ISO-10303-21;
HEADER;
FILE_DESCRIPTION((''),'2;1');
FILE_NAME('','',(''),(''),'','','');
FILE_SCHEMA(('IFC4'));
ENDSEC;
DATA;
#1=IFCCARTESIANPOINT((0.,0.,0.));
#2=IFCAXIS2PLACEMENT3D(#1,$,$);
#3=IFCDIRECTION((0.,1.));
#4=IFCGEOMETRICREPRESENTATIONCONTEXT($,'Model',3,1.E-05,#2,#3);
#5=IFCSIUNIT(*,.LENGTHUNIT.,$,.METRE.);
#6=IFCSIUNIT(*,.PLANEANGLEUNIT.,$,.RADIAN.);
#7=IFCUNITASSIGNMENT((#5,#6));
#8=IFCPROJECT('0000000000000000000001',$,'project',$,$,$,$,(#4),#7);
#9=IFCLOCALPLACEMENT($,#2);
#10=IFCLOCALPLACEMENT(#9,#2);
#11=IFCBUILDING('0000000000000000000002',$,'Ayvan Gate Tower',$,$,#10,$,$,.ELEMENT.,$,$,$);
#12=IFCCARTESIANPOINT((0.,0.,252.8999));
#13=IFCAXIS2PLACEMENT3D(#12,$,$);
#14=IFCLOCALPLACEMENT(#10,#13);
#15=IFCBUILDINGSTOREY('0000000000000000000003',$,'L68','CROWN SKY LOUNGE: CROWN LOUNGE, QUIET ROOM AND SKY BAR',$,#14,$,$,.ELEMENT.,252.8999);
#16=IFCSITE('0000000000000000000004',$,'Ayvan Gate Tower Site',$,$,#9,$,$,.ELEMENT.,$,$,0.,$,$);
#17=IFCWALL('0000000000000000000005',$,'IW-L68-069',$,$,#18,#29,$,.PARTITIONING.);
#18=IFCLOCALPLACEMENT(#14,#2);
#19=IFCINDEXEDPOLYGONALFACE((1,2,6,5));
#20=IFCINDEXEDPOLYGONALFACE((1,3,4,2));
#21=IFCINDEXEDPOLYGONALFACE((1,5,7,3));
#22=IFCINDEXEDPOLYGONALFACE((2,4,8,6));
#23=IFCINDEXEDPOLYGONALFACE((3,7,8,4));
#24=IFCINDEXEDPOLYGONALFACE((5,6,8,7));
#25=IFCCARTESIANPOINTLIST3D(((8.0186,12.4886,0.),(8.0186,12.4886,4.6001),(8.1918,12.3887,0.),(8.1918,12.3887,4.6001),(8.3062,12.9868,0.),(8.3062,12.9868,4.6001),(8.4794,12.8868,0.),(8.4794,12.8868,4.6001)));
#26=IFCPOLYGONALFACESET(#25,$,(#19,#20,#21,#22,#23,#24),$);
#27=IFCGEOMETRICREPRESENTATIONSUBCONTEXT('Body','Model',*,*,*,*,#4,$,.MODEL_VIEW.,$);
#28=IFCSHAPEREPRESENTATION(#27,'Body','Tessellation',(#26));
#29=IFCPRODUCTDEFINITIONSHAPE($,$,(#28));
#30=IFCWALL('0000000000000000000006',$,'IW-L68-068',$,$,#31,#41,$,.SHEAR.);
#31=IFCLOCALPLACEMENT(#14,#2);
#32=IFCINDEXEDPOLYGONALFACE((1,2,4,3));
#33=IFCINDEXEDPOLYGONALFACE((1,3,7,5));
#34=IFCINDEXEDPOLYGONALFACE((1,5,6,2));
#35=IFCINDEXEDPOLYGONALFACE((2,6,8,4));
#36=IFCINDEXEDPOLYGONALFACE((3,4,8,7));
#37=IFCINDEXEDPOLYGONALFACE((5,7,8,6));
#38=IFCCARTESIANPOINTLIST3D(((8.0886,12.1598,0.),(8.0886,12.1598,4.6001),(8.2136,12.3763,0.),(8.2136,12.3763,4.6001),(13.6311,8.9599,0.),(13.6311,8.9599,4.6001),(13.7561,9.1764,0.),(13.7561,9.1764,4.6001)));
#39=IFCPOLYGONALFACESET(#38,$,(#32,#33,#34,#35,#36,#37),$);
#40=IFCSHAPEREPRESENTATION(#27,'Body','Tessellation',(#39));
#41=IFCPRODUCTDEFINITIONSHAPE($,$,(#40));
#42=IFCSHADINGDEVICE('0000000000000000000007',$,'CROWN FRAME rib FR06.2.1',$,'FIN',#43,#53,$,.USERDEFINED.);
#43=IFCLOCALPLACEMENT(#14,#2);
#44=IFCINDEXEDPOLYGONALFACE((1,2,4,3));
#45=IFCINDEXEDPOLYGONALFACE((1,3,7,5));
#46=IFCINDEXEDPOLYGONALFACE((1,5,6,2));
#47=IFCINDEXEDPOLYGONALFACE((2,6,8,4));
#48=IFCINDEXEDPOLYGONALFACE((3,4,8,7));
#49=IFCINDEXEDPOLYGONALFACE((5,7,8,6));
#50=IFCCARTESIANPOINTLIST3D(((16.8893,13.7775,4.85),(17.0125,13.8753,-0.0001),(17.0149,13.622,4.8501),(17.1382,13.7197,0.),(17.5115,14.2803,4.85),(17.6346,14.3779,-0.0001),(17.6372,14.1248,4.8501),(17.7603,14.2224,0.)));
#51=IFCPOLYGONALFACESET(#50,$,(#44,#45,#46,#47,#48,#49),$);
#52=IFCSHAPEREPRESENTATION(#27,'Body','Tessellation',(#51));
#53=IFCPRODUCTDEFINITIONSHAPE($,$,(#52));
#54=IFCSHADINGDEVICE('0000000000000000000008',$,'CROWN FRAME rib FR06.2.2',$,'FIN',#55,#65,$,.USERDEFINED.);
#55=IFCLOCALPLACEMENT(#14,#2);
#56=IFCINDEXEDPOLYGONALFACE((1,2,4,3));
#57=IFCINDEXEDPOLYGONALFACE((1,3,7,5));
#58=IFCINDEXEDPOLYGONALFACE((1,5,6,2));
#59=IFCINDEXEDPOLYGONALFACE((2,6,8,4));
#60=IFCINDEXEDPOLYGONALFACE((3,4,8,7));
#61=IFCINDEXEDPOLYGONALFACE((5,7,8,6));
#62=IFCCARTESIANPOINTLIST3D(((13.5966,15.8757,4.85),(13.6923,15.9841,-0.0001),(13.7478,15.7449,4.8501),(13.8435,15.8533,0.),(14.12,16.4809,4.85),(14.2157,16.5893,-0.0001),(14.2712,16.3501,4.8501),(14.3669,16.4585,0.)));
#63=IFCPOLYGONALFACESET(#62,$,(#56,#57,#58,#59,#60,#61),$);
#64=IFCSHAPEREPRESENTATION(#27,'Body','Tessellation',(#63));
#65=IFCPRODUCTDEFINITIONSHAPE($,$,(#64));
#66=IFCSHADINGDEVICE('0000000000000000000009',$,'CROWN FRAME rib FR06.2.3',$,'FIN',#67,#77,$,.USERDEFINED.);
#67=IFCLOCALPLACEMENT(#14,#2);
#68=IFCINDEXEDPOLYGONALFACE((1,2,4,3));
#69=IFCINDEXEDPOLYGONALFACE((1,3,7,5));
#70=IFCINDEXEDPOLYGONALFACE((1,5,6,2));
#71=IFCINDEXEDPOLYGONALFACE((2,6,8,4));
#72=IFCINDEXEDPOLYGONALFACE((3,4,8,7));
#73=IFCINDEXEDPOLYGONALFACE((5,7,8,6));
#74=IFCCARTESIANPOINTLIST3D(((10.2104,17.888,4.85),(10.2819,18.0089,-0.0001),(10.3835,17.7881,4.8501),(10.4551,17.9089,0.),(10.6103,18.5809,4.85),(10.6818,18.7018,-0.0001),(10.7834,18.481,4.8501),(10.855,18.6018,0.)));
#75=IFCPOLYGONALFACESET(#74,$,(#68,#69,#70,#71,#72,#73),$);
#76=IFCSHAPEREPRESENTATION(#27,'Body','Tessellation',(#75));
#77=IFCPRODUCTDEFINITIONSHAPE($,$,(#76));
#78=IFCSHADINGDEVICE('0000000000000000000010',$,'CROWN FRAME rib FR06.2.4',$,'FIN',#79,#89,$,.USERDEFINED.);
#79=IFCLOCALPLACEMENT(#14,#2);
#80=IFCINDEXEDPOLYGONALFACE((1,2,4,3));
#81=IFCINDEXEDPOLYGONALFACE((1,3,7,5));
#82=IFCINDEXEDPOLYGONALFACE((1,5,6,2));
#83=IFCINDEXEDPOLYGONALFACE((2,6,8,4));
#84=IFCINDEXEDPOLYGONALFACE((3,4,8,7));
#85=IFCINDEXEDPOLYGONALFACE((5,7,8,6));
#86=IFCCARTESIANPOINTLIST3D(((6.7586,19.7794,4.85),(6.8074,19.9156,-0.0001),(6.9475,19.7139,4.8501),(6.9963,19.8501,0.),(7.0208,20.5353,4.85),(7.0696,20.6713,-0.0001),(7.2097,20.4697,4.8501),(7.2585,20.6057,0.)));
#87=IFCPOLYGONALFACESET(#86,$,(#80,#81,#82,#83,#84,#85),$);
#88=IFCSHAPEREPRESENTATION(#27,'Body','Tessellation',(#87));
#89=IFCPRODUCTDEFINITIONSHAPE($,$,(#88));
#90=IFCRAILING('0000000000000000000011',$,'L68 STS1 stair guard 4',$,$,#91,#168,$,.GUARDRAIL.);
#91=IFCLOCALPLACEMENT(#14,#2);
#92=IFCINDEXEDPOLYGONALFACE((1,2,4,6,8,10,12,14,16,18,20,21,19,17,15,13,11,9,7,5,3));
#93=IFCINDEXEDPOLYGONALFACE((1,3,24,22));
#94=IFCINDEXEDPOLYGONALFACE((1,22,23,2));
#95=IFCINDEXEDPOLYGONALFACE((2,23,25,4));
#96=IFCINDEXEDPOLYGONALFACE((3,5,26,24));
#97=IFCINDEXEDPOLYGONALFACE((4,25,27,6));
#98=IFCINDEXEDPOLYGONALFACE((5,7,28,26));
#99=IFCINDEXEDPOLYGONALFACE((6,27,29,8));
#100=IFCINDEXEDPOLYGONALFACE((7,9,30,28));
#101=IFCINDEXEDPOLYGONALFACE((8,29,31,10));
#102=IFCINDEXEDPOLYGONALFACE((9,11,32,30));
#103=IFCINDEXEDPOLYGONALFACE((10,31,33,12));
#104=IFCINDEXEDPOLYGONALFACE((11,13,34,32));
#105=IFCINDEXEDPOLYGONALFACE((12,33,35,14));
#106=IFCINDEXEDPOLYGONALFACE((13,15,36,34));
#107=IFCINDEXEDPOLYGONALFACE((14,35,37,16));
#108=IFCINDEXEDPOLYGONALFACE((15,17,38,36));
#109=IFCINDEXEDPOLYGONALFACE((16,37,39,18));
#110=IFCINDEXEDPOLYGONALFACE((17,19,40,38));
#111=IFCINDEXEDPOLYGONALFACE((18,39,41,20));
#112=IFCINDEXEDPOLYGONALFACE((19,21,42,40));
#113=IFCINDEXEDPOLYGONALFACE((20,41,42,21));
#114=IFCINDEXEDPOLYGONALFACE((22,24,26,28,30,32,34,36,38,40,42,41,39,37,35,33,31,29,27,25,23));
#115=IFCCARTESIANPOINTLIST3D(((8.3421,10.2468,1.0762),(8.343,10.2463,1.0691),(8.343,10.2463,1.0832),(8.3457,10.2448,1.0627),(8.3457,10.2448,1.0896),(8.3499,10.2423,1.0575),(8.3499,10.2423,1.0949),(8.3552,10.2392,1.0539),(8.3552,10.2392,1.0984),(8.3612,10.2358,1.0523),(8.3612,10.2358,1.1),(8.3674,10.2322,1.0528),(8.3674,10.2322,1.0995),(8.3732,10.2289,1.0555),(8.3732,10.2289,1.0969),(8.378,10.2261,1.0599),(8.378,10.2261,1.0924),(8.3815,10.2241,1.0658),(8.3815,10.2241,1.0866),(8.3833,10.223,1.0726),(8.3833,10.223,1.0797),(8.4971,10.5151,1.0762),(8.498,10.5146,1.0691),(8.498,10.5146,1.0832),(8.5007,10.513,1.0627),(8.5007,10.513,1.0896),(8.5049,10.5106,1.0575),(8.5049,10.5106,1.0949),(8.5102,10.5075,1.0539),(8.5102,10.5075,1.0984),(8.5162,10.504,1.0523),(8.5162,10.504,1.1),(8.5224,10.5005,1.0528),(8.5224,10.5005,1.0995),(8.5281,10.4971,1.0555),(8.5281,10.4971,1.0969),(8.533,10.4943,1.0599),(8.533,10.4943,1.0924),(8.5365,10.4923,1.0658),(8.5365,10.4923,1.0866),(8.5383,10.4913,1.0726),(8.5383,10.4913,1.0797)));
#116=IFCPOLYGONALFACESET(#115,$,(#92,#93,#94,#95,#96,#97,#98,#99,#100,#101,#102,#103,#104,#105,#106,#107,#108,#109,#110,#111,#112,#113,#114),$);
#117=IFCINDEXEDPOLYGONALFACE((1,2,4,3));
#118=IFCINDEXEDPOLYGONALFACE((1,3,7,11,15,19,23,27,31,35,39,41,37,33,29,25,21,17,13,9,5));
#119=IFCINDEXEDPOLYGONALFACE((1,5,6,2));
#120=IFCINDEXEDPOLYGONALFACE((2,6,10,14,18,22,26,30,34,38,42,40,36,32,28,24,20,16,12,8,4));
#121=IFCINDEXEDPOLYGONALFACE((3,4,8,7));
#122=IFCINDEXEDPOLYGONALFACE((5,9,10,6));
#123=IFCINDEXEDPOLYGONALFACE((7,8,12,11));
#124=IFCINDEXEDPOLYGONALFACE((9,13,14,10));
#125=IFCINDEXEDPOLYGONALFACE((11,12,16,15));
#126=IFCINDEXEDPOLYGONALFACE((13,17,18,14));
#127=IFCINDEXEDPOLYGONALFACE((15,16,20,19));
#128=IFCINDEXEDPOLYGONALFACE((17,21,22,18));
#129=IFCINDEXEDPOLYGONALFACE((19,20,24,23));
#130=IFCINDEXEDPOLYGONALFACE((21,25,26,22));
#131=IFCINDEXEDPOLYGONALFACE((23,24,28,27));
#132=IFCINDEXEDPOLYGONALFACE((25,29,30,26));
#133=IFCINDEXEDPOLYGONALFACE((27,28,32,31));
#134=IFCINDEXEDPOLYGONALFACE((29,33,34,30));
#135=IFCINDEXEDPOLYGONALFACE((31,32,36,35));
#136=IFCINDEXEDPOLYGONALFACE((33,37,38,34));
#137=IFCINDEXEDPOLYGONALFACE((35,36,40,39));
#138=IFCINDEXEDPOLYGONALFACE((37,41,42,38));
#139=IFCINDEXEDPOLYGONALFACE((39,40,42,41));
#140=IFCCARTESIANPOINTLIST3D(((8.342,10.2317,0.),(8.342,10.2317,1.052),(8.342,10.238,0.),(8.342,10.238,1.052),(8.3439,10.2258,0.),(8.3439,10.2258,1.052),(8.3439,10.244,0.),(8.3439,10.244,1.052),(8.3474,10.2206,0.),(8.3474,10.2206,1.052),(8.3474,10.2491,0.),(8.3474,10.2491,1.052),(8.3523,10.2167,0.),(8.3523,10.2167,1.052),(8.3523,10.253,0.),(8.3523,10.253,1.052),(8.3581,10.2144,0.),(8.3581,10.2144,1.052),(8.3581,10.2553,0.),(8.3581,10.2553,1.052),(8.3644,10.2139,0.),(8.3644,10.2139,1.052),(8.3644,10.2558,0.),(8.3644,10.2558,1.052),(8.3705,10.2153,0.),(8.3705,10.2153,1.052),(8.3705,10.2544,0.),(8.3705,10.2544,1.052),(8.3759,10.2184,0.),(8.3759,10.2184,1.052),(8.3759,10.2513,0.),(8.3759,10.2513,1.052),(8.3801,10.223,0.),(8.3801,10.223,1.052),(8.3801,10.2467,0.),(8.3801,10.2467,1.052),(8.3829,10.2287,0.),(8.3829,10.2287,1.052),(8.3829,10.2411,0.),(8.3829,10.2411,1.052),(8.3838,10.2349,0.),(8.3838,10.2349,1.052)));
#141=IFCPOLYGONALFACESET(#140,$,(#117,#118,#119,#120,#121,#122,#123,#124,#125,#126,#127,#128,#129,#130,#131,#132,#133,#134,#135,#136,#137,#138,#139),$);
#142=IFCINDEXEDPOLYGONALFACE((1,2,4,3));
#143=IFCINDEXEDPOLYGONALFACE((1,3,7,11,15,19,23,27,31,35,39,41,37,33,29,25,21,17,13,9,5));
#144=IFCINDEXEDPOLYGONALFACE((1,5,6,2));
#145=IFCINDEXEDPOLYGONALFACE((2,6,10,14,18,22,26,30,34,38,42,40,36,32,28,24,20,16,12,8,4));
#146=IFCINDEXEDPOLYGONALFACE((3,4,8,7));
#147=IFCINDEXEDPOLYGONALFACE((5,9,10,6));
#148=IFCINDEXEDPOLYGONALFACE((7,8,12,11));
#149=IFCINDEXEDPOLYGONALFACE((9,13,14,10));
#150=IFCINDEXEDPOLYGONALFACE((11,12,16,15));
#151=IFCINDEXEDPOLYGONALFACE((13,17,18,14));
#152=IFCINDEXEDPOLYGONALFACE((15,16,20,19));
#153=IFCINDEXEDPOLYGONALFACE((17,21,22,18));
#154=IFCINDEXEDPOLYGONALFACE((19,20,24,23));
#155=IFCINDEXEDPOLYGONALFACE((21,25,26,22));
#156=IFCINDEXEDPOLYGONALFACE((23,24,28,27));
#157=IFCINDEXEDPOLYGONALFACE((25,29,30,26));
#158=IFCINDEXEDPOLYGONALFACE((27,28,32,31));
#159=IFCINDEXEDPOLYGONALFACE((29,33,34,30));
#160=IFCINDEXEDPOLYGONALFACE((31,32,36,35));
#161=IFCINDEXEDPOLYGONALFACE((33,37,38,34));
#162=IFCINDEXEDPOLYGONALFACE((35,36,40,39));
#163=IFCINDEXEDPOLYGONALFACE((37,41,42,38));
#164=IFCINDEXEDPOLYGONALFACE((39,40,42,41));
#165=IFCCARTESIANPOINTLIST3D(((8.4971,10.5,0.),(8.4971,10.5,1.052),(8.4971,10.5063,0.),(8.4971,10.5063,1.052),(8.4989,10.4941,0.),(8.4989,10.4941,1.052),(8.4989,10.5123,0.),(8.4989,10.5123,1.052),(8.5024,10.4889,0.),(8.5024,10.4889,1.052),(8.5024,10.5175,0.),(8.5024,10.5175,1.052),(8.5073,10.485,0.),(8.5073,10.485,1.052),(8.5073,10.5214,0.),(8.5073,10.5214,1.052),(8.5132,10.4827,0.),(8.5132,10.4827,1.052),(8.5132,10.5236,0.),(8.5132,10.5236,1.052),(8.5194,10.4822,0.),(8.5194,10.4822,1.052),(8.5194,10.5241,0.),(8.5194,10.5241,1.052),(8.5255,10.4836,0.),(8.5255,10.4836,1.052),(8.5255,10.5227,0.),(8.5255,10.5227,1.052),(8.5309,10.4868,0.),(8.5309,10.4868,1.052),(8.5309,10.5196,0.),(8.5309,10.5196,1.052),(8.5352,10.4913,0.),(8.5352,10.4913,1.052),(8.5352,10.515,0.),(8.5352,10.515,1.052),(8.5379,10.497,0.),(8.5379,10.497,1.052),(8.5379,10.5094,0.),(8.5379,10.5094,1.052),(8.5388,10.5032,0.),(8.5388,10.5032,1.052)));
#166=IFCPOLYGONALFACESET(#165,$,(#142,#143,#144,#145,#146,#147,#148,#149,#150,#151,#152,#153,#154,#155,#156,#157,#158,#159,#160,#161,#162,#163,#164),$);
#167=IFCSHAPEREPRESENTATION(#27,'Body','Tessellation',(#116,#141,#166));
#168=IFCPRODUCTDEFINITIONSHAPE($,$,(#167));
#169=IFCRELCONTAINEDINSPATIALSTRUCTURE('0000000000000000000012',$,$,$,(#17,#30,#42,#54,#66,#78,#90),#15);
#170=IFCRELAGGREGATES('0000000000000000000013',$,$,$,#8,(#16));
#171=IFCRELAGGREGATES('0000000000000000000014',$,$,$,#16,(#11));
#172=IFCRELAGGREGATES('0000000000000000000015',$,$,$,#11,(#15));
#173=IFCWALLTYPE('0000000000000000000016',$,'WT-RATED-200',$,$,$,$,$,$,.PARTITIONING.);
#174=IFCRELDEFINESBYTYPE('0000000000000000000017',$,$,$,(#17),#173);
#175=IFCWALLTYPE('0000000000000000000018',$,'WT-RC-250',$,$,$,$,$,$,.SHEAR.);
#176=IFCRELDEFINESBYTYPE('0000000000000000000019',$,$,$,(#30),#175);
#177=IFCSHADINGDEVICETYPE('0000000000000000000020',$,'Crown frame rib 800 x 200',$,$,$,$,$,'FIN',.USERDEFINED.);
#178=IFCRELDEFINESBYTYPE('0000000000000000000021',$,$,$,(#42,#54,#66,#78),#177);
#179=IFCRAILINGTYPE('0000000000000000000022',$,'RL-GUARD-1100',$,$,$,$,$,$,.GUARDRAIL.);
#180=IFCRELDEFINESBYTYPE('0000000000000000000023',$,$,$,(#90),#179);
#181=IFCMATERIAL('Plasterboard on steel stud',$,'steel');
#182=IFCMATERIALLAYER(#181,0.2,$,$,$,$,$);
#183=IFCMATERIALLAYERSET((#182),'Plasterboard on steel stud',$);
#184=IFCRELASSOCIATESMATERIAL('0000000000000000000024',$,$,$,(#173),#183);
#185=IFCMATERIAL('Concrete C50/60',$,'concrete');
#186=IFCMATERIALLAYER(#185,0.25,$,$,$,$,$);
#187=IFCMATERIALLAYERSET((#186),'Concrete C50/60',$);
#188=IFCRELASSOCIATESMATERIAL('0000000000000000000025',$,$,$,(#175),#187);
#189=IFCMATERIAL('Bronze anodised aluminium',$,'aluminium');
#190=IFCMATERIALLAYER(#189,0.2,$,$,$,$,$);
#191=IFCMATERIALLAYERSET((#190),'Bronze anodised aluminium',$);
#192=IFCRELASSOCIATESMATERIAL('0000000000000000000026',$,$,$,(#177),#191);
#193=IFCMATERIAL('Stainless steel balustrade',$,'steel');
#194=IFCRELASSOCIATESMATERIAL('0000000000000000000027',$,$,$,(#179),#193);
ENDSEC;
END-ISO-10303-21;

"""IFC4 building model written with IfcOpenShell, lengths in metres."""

from ifc_helpers import new_model, si_unit, direction, frame, frame_2d, origin, origin_2d, place, context, subcontext, project, spatial, polyline, rectangle, circle, outline, extrude, material, layer, layer_set, type_object, element, save


model = new_model("IFC4")

# Units and contexts
model_context = context("Model", 3, precision=1e-05, world=origin(), true_north=direction((0.0, 1.0)))
body_context = subcontext(model_context, "Body", "Model", "MODEL_VIEW")
ifc_project = project(units=[si_unit("LENGTHUNIT", "METRE"), si_unit("PLANEANGLEUNIT", "RADIAN")], contexts=[model_context])

# Site, building, storey
site_placement = place(None, origin())
site = spatial("IfcSite", under=ifc_project, at=site_placement, Name="Ayvan Gate Tower Site", CompositionType="ELEMENT", RefElevation=0.0)
building_placement = place(site_placement, origin())
building = spatial("IfcBuilding", under=site, at=building_placement, Name="Ayvan Gate Tower", CompositionType="ELEMENT")
storey_placement = place(building_placement, frame((0.0, 0.0, 252.8999)))
storey = spatial("IfcBuildingStorey", under=building, at=storey_placement, Name="L68", Description="CROWN SKY LOUNGE: CROWN LOUNGE, QUIET ROOM AND SKY BAR", CompositionType="ELEMENT", Elevation=252.8999)

# Shared definitions
ifc_material_1 = material(Name="Concrete C50/60", Category="concrete")

# Shared definitions
ifc_material_2 = material(Name="Bronze anodised aluminium", Category="aluminium")

# Walls
ifc_material_3 = material(Name="Plasterboard on steel stud", Category="steel")
ifc_layer_1 = layer(ifc_material_3, 0.2)
ifc_layer_set_1 = layer_set([ifc_layer_1], Name="Plasterboard on steel stud")
wall_type_1 = type_object("IfcWallType", Name="WT-RATED-200", PredefinedType="PARTITIONING", material=ifc_layer_set_1)
wall_1_placement = place(storey_placement, frame((8.3928, 12.9368, 0.0), z_axis=(0.0, 0.0, 1.0), x_axis=(-0.500065, -0.865988, 0.0)))
element("IfcWall", 1, at=wall_1_placement, inside=storey, type_object=wall_type_1, Name="IW-L68-069", PredefinedType="PARTITIONING", context=body_context, shape_type="SweptSolid", body=[
    extrude(rectangle(XDim=0.5752, YDim=0.2, at=frame_2d((0.2876, 0.0))), origin(), (0.0, 0.0, 1.0), 4.6001),
])
ifc_layer_2 = layer(ifc_material_1, 0.25)
ifc_layer_set_2 = layer_set([ifc_layer_2], Name="Concrete C50/60")
wall_type_2 = type_object("IfcWallType", Name="WT-RC-250", PredefinedType="SHEAR", material=ifc_layer_set_2)
wall_2_placement = place(storey_placement, frame((8.1511, 12.2681, 0.0), z_axis=(0.0, 0.0, 1.0), x_axis=(0.866025, -0.5, 0.0)))
element("IfcWall", 2, at=wall_2_placement, inside=storey, type_object=wall_type_2, Name="IW-L68-068", PredefinedType="SHEAR", context=body_context, shape_type="SweptSolid", body=[
    extrude(rectangle(XDim=6.3999, YDim=0.25, at=frame_2d((3.2, 0.0))), origin(), (0.0, 0.0, 1.0), 4.6001),
])

# Shading devices
ifc_layer_3 = layer(ifc_material_2, 0.2)
ifc_layer_set_3 = layer_set([ifc_layer_3], Name="Bronze anodised aluminium")
shading_device_type = type_object("IfcShadingDeviceType", Name="Crown frame rib 800 x 200", ElementType="FIN", PredefinedType="USERDEFINED", material=ifc_layer_set_3)
shading_device_1_placement = place(storey_placement, frame((17.1382, 13.7197, 0.0), z_axis=(0.628447, -0.777852, 0.000298), x_axis=(0.777852, 0.628447, 0.0)))
element("IfcShadingDevice", 3, at=shading_device_1_placement, inside=storey, type_object=shading_device_type, Name="CROWN FRAME rib FR06.2.1", ObjectType="FIN", PredefinedType="USERDEFINED", context=body_context, shape_type="SweptSolid", body=[
    extrude(outline(polyline([(0.0, 0.0), (0.7998, 0.0), (0.6427, 4.8501), (-0.1573, 4.8501), (0.0, 0.0)])), origin(), (0.0, 0.0, -1.0), 0.2),
])
shading_device_2_placement = place(storey_placement, frame((13.8435, 15.8533, 0.0), z_axis=(0.756363, -0.654152, 0.000305), x_axis=(0.654152, 0.756363, 0.0)))
element("IfcShadingDevice", 4, at=shading_device_2_placement, inside=storey, type_object=shading_device_type, Name="CROWN FRAME rib FR06.2.2", ObjectType="FIN", PredefinedType="USERDEFINED", context=body_context, shape_type="SweptSolid", body=[
    extrude(outline(polyline([(0.0, 0.0), (0.8002, 0.0), (0.6556, 4.8501), (-0.1446, 4.8501), (0.0, 0.0)])), origin(), (0.0, 0.0, -1.0), 0.2),
])
shading_device_3_placement = place(storey_placement, frame((10.4551, 17.9089, 0.0), z_axis=(0.866094, -0.499881, 0.000318), x_axis=(0.499881, 0.866094, 0.0)))
element("IfcShadingDevice", 5, at=shading_device_3_placement, inside=storey, type_object=shading_device_type, Name="CROWN FRAME rib FR06.2.3", ObjectType="FIN", PredefinedType="USERDEFINED", context=body_context, shape_type="SweptSolid", body=[
    extrude(outline(polyline([(0.0, 0.0), (0.8, 0.0), (0.6596, 4.8501), (-0.1404, 4.8501), (0.0, 0.0)])), origin(), (0.0, 0.0, -1.0), 0.2),
])
shading_device_4_placement = place(storey_placement, frame((6.9963, 19.8501, 0.0), z_axis=(0.944752, -0.327787, 0.000313), x_axis=(0.327787, 0.944752, 0.0)))
element("IfcShadingDevice", 6, at=shading_device_4_placement, inside=storey, type_object=shading_device_type, Name="CROWN FRAME rib FR06.2.4", ObjectType="FIN", PredefinedType="USERDEFINED", context=body_context, shape_type="SweptSolid", body=[
    extrude(outline(polyline([(0.0, 0.0), (0.7998, 0.0), (0.6553, 4.8501), (-0.1447, 4.8501), (0.0, 0.0)])), origin(), (0.0, 0.0, -1.0), 0.2),
])

# Railing
ifc_material_4 = material(Name="Stainless steel balustrade", Category="steel")
railing_type_1 = type_object("IfcRailingType", Name="RL-GUARD-1100", PredefinedType="GUARDRAIL", material=ifc_material_4)
railing_1_placement = place(storey_placement, frame((8.3628, 10.2349, 0.0)))
element("IfcRailing", 7, at=railing_1_placement, inside=storey, type_object=railing_type_1, Name="L68 STS1 stair guard 4", PredefinedType="GUARDRAIL", context=body_context, shape_type="SweptSolid", body=[
    extrude(circle(Radius=0.0239, at=origin_2d()), frame((0.0, 0.0, 1.0762), z_axis=(0.500291, 0.865857, 0.0), x_axis=(-0.865857, 0.500291, 0.0)), (0.0, 0.0, 1.0), 0.3098),
    extrude(circle(Radius=0.021, at=origin_2d()), origin(), (0.0, 0.0, 1.0), 1.052),
    extrude(circle(Radius=0.021, at=origin_2d()), frame((0.155, 0.2683, 0.0)), (0.0, 0.0, 1.0), 1.052),
])

save(model, "model.ifc")
